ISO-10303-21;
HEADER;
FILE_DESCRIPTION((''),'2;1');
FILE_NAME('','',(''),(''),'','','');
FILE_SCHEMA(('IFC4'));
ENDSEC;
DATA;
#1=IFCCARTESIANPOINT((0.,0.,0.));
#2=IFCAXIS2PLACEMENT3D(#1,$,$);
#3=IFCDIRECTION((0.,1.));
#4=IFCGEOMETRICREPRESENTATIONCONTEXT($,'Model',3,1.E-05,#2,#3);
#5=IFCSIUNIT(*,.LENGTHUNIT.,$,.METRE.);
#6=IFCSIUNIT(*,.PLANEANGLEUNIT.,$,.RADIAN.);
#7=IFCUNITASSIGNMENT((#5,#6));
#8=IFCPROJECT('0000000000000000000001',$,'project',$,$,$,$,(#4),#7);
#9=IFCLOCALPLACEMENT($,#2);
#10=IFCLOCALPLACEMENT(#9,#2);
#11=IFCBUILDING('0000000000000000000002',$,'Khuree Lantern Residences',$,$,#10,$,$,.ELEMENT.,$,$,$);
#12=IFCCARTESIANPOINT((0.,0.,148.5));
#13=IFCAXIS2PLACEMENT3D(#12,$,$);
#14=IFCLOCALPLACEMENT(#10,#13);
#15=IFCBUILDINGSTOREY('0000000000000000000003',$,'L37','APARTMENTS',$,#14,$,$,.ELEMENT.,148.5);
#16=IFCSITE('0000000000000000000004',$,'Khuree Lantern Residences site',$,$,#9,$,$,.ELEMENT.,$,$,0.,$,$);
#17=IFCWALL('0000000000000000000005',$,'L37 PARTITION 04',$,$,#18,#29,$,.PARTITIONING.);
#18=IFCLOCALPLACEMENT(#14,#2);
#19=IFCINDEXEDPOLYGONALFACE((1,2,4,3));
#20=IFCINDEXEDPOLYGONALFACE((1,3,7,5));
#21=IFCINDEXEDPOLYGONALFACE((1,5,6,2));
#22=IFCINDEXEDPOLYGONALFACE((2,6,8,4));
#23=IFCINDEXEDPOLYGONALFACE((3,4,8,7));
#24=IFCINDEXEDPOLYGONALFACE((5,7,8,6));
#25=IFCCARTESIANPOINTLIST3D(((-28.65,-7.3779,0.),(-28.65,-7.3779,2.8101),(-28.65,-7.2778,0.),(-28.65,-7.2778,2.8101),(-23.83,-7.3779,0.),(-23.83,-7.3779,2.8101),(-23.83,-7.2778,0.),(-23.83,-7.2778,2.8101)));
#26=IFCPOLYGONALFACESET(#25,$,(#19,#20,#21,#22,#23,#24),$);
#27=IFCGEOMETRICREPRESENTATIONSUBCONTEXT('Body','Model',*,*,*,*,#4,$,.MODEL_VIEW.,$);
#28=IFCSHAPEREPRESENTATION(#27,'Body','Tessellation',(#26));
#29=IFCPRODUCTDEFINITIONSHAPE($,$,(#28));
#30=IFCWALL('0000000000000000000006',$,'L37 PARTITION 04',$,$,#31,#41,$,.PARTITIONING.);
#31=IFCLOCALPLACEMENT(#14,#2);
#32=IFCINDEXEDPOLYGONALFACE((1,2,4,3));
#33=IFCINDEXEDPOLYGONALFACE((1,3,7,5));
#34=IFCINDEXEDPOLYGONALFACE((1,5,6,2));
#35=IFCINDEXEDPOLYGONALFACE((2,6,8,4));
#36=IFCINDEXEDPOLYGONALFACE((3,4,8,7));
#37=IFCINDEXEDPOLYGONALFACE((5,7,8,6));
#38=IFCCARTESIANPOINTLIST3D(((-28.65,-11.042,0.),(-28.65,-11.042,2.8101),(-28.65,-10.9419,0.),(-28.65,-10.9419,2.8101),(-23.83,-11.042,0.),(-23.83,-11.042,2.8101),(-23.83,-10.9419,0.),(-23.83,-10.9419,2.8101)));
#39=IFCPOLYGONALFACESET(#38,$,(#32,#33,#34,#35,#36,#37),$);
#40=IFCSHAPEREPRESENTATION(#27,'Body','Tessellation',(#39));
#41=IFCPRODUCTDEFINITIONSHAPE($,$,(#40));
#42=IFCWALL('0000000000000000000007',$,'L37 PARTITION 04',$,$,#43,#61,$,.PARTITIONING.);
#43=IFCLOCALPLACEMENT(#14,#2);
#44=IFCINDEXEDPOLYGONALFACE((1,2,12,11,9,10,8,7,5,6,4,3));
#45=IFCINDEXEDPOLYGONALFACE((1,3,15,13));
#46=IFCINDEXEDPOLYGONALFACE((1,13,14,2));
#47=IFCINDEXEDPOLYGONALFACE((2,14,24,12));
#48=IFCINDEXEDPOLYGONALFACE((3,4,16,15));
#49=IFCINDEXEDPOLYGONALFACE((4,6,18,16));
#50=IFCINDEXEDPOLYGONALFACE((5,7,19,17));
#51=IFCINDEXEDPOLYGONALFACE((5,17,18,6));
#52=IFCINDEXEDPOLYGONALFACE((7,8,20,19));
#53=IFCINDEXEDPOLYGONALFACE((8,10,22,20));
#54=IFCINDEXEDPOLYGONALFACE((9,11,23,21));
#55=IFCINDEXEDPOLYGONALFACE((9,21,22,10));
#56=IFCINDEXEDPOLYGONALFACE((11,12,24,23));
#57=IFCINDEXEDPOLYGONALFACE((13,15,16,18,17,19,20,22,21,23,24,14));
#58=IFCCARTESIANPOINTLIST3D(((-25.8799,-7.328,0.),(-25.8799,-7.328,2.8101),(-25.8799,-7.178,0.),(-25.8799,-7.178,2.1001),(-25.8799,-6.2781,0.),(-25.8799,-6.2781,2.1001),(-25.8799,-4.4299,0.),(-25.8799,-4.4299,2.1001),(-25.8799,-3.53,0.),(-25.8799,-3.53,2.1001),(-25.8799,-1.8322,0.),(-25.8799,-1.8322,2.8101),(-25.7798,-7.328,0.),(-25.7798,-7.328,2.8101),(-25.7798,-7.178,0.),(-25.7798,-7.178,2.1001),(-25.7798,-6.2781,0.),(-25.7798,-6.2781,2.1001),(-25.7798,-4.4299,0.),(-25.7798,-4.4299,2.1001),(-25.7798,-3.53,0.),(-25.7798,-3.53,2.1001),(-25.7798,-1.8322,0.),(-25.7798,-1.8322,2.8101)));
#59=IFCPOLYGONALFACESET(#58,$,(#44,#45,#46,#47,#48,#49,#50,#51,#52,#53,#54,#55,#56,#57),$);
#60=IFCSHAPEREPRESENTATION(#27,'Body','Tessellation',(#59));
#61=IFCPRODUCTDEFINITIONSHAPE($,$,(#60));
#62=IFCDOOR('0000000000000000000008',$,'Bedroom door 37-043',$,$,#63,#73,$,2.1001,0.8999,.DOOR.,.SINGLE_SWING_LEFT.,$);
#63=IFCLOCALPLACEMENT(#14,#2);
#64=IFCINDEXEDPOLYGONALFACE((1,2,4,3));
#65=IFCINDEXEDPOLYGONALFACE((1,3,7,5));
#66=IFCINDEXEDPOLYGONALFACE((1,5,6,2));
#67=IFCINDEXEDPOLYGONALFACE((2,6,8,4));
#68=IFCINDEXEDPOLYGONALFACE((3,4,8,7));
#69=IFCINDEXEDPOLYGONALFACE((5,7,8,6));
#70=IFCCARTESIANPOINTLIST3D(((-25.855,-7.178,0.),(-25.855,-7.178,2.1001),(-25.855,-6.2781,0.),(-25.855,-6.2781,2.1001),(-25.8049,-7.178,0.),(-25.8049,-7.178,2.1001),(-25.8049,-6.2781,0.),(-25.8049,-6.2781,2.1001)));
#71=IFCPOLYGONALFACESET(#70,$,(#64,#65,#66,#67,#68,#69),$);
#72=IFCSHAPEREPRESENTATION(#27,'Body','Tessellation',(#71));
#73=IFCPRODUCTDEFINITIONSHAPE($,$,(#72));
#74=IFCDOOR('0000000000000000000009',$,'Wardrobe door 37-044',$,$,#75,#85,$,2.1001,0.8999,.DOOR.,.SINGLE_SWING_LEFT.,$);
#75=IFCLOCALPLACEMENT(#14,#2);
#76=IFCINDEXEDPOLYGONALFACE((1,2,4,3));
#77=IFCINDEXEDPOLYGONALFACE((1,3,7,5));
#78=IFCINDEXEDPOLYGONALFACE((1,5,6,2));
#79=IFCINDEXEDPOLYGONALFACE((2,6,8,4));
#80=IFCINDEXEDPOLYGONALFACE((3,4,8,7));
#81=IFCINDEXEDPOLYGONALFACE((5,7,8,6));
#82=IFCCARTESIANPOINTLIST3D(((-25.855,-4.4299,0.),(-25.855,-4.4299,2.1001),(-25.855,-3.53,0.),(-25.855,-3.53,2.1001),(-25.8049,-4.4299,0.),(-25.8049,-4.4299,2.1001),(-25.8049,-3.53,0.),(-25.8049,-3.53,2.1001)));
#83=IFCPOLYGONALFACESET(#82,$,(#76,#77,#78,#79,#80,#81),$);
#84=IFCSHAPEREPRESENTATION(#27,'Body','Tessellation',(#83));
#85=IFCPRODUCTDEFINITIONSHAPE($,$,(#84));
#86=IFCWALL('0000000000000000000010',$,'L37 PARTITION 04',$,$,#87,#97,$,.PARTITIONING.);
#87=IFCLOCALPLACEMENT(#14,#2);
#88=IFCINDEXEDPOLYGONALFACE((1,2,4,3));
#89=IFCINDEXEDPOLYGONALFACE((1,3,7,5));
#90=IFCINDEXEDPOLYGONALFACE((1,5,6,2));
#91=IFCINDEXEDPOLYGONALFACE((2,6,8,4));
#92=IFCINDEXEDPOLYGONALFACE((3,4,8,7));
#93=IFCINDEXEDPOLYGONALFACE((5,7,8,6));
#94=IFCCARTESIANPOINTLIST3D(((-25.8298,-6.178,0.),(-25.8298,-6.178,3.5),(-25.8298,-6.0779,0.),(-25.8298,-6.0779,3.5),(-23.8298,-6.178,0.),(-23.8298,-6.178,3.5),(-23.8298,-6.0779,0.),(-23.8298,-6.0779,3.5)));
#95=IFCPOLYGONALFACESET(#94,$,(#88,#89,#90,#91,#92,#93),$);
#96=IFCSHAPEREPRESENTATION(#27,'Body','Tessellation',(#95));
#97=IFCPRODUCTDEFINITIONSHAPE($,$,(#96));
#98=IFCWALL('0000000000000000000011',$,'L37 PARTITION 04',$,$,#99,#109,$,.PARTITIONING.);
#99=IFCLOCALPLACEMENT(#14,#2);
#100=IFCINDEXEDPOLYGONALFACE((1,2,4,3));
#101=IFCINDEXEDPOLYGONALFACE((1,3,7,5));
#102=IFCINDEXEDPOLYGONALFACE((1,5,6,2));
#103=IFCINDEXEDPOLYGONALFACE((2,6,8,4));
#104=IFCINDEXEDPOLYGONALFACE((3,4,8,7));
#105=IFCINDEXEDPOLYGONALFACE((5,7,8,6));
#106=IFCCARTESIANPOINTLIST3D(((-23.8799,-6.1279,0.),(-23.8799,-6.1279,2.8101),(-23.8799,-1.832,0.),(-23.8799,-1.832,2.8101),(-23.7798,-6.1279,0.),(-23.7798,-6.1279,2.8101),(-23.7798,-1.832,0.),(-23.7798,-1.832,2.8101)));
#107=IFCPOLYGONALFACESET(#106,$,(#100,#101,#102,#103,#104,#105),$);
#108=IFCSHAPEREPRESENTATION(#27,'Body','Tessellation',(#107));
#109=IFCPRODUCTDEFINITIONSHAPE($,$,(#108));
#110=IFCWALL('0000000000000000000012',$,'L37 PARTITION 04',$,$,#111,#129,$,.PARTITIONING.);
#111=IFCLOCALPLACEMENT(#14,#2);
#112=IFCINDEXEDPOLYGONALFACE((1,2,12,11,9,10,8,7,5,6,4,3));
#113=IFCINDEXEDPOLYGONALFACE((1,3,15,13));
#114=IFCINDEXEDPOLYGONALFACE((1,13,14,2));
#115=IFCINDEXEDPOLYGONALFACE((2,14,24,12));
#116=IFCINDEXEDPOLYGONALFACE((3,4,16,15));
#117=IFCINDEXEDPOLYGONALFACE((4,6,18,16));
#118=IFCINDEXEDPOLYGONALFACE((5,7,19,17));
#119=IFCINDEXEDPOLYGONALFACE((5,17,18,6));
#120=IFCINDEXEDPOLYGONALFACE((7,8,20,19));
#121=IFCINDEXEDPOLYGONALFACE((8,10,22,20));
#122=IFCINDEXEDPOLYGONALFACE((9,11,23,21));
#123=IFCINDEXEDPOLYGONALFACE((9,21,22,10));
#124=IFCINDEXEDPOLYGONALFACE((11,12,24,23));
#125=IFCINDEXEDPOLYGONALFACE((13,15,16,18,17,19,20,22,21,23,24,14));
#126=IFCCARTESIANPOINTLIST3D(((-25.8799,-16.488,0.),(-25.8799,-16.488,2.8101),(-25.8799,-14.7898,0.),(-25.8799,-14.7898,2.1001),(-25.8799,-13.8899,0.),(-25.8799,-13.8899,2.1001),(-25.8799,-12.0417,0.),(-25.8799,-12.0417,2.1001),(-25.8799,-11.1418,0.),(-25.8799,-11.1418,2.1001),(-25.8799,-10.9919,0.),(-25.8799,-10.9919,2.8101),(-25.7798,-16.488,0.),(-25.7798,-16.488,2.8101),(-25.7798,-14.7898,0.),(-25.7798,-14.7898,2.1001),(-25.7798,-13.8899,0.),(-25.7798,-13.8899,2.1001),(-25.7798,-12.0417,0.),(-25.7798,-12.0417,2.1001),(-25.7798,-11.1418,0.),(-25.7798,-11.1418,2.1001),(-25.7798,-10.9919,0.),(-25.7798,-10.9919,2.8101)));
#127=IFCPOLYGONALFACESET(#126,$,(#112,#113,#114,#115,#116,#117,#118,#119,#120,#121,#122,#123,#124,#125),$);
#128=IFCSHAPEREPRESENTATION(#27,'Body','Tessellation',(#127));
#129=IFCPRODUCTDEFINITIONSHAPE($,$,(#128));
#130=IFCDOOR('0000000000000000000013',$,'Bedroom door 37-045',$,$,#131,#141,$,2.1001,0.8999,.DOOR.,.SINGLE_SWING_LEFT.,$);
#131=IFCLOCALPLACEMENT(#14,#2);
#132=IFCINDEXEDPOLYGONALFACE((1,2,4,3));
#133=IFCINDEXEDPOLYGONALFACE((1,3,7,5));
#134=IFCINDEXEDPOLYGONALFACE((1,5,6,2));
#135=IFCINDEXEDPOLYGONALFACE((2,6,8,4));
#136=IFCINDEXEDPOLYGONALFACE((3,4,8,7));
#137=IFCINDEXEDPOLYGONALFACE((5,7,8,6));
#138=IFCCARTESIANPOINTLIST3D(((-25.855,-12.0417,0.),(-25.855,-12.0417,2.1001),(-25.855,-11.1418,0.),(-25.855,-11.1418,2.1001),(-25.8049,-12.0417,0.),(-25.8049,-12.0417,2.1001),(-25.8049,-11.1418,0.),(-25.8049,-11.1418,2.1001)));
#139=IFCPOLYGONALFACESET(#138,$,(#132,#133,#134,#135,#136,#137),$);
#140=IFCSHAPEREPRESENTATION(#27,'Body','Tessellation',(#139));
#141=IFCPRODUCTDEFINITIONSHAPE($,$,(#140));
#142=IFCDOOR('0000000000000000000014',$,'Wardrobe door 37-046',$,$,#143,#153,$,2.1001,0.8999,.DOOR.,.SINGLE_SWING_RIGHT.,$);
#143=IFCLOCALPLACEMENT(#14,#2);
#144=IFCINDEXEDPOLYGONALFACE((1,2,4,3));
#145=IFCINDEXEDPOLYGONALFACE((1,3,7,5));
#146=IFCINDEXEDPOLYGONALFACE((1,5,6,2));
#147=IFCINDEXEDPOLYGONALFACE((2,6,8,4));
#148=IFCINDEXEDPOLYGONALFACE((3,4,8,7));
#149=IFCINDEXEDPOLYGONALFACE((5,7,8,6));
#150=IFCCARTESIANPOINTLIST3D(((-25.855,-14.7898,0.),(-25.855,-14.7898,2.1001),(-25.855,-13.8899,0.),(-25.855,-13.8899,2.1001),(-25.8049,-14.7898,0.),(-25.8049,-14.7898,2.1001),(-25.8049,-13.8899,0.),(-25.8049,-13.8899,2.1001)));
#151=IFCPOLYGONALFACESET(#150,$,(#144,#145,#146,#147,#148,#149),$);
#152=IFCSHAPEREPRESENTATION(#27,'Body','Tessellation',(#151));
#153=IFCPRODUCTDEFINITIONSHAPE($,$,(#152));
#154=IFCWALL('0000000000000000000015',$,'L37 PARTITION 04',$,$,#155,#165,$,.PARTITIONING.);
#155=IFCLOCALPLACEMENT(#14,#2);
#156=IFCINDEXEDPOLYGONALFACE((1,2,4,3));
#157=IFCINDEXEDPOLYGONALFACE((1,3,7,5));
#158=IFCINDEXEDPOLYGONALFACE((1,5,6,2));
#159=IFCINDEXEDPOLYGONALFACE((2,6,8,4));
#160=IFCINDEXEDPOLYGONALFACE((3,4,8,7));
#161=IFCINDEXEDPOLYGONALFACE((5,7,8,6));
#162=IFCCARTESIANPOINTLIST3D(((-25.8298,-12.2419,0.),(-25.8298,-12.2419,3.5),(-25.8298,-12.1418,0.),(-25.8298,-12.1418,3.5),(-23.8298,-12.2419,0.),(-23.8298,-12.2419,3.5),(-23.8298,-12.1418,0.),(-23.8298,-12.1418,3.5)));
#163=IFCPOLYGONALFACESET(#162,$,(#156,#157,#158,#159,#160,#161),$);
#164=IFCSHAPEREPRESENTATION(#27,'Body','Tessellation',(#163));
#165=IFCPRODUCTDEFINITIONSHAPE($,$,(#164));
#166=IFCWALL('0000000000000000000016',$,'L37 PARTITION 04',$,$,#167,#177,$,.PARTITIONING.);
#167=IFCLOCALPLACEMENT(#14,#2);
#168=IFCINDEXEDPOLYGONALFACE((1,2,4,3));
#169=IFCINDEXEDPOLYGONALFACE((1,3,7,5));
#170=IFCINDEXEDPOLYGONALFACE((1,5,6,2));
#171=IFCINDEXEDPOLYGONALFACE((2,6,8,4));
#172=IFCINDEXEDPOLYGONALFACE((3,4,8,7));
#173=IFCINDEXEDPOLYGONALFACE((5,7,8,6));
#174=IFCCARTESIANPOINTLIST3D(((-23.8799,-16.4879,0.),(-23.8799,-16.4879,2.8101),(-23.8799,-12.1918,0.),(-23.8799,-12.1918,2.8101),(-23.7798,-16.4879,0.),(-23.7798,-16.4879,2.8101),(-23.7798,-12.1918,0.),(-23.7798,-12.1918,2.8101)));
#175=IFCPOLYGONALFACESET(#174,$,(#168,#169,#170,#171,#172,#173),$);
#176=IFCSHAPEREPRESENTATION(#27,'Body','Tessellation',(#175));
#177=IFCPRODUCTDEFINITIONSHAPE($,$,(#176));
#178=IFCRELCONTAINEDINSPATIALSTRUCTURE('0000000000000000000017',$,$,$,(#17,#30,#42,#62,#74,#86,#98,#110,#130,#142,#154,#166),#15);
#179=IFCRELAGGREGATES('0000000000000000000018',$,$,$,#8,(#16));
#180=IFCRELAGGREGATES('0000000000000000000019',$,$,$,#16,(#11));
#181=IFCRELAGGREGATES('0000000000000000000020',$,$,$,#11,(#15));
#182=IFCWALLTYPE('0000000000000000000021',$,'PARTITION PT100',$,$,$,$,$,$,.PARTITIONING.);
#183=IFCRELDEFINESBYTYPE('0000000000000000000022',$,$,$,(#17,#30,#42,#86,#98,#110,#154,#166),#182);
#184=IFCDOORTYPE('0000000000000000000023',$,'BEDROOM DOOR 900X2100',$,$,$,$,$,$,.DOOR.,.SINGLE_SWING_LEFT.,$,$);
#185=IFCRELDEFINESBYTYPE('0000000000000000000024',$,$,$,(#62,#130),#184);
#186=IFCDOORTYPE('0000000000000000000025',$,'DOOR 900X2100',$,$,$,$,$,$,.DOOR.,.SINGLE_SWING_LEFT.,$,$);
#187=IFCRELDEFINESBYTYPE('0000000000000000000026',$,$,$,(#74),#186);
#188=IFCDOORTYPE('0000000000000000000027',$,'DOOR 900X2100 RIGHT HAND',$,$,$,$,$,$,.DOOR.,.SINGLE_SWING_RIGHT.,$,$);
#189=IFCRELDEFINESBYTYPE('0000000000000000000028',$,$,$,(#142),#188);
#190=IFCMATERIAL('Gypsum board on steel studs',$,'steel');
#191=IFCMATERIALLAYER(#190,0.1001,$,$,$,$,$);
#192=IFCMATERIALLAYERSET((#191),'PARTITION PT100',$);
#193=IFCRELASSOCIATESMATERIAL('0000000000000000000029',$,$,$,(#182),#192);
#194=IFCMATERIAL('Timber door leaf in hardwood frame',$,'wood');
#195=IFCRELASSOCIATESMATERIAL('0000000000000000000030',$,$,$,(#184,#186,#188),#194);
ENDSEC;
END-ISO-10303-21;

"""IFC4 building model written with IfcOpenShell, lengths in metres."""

from ifc_helpers import new_model, si_unit, direction, frame, frame_2d, origin, place, context, subcontext, project, spatial, rectangle, extrude, material, layer, layer_set, type_object, element, fill, save


model = new_model("IFC4")

# Units and contexts
model_context = context("Model", 3, precision=1e-05, world=origin(), true_north=direction((0.0, 1.0)))
body_context = subcontext(model_context, "Body", "Model", "MODEL_VIEW")
ifc_project = project(units=[si_unit("LENGTHUNIT", "METRE"), si_unit("PLANEANGLEUNIT", "RADIAN")], contexts=[model_context])

# Site, building, storey
site_placement = place(None, origin())
site = spatial("IfcSite", under=ifc_project, at=site_placement, Name="Khuree Lantern Residences site", CompositionType="ELEMENT", RefElevation=0.0)
building_placement = place(site_placement, origin())
building = spatial("IfcBuilding", under=site, at=building_placement, Name="Khuree Lantern Residences", CompositionType="ELEMENT")
storey_placement = place(building_placement, frame((0.0, 0.0, 148.5)))
storey = spatial("IfcBuildingStorey", under=building, at=storey_placement, Name="L37", Description="APARTMENTS", CompositionType="ELEMENT", Elevation=148.5)

# Walls
ifc_material_1 = material(Name="Gypsum board on steel studs", Category="steel")
ifc_layer_1 = layer(ifc_material_1, 0.1001)
ifc_layer_set_1 = layer_set([ifc_layer_1], Name="PARTITION PT100")
wall_type_1 = type_object("IfcWallType", Name="PARTITION PT100", PredefinedType="PARTITIONING", material=ifc_layer_set_1)
for number, where, z_axis, x_axis, name in (
    (1, (-23.8298, -7.3279, 0.0), (0.0, 0.0, 1.0), (-1.0, 0.0, 0.0), "L37 PARTITION 04"),
    (2, (-23.8298, -10.9919, 0.0), (0.0, 0.0, 1.0), (-1.0, 0.0, 0.0), "L37 PARTITION 04"),
):
    element("IfcWall", number, at=place(storey_placement, frame(where, z_axis=z_axis, x_axis=x_axis)), inside=storey, type_object=wall_type_1, Name=name, PredefinedType="PARTITIONING", context=body_context, shape_type="SweptSolid", body=[
        extrude(rectangle(XDim=4.8201, YDim=0.1001, at=frame_2d((2.4102, 0.0))), origin(), (0.0, 0.0, 1.0), 2.8101),
    ])

# Wall, openings, doors
wall_1_placement = place(storey_placement, frame((-25.8298, -1.832, 0.0), z_axis=(0.0, 0.0, 1.0), x_axis=(0.0, -1.0, 0.0)))
wall_1 = element("IfcWall", 3, at=wall_1_placement, inside=storey, type_object=wall_type_1, Name="L37 PARTITION 04", PredefinedType="PARTITIONING", context=body_context, shape_type="SweptSolid", body=[
    extrude(rectangle(XDim=5.4958, YDim=0.1001, at=frame_2d((2.748, 0.0))), origin(), (0.0, 0.0, 1.0), 2.8101),
])
opening_1_placement = place(wall_1_placement, frame((4.446, 0.0, 0.0)))
opening_1 = element("IfcOpeningElement", 4, at=opening_1_placement, cuts=wall_1, PredefinedType="OPENING", context=body_context, shape_type="SweptSolid", body=[
    extrude(rectangle(XDim=0.8999, YDim=2.1001, at=frame_2d((0.45, 1.05))), frame((0.0, 0.0601, 0.0), z_axis=(0.0, -1.0, 0.0), x_axis=(1.0, 0.0, 0.0)), (0.0, 0.0, 1.0), 0.1201),
])
opening_2_placement = place(wall_1_placement, frame((1.698, 0.0, 0.0)))
opening_2 = element("IfcOpeningElement", 5, at=opening_2_placement, cuts=wall_1, PredefinedType="OPENING", context=body_context, shape_type="SweptSolid", body=[
    extrude(rectangle(XDim=0.8999, YDim=2.1001, at=frame_2d((0.45, 1.05))), frame((0.0, 0.0601, 0.0), z_axis=(0.0, -1.0, 0.0), x_axis=(1.0, 0.0, 0.0)), (0.0, 0.0, 1.0), 0.1201),
])
ifc_material_2 = material(Name="Timber door leaf in hardwood frame", Category="wood")
door_type_1 = type_object("IfcDoorType", Name="BEDROOM DOOR 900X2100", OperationType="SINGLE_SWING_LEFT", PredefinedType="DOOR", material=ifc_material_2)
door_1_placement = place(opening_1_placement, origin())
door_1 = element("IfcDoor", 6, at=door_1_placement, inside=storey, type_object=door_type_1, Name="Bedroom door 37-043", OperationType="SINGLE_SWING_LEFT", OverallHeight=2.1001, OverallWidth=0.8999, PredefinedType="DOOR", context=body_context, shape_type="SweptSolid", body=[
    extrude(rectangle(XDim=0.8999, YDim=2.1001, at=frame_2d((0.45, 1.05))), frame((0.0, 0.0249, 0.0), z_axis=(0.0, -1.0, 0.0), x_axis=(1.0, 0.0, 0.0)), (0.0, 0.0, 1.0), 0.05),
])
fill(opening_1, door_1)
door_type_2 = type_object("IfcDoorType", Name="DOOR 900X2100", OperationType="SINGLE_SWING_LEFT", PredefinedType="DOOR", material=ifc_material_2)
door_2_placement = place(opening_2_placement, origin())
door_2 = element("IfcDoor", 7, at=door_2_placement, inside=storey, type_object=door_type_2, Name="Wardrobe door 37-044", OperationType="SINGLE_SWING_LEFT", OverallHeight=2.1001, OverallWidth=0.8999, PredefinedType="DOOR", context=body_context, shape_type="SweptSolid", body=[
    extrude(rectangle(XDim=0.8999, YDim=2.1001, at=frame_2d((0.45, 1.05))), frame((0.0, 0.0249, 0.0), z_axis=(0.0, -1.0, 0.0), x_axis=(1.0, 0.0, 0.0)), (0.0, 0.0, 1.0), 0.05),
])
fill(opening_2, door_2)

# Walls
wall_2_placement = place(storey_placement, frame((-23.8298, -6.1279, 0.0), z_axis=(0.0, 0.0, 1.0), x_axis=(-1.0, 0.0, 0.0)))
element("IfcWall", 8, at=wall_2_placement, inside=storey, type_object=wall_type_1, Name="L37 PARTITION 04", PredefinedType="PARTITIONING", context=body_context, shape_type="SweptSolid", body=[
    extrude(rectangle(XDim=2.0, YDim=0.1001, at=frame_2d((1.0, 0.0))), origin(), (0.0, 0.0, 1.0), 3.5),
])
wall_3_placement = place(storey_placement, frame((-23.8298, -1.832, 0.0), z_axis=(0.0, 0.0, 1.0), x_axis=(0.0, -1.0, 0.0)))
element("IfcWall", 9, at=wall_3_placement, inside=storey, type_object=wall_type_1, Name="L37 PARTITION 04", PredefinedType="PARTITIONING", context=body_context, shape_type="SweptSolid", body=[
    extrude(rectangle(XDim=4.2959, YDim=0.1001, at=frame_2d((2.1479, 0.0))), origin(), (0.0, 0.0, 1.0), 2.8101),
])

# Wall, openings, doors
wall_4_placement = place(storey_placement, frame((-25.8298, -10.9919, 0.0), z_axis=(0.0, 0.0, 1.0), x_axis=(0.0, -1.0, 0.0)))
wall_4 = element("IfcWall", 10, at=wall_4_placement, inside=storey, type_object=wall_type_1, Name="L37 PARTITION 04", PredefinedType="PARTITIONING", context=body_context, shape_type="SweptSolid", body=[
    extrude(rectangle(XDim=5.4961, YDim=0.1001, at=frame_2d((2.748, 0.0))), origin(), (0.0, 0.0, 1.0), 2.8101),
])
opening_3_placement = place(wall_4_placement, frame((0.1499, 0.0, 0.0)))
opening_3 = element("IfcOpeningElement", 11, at=opening_3_placement, cuts=wall_4, PredefinedType="OPENING", context=body_context, shape_type="SweptSolid", body=[
    extrude(rectangle(XDim=0.8999, YDim=2.1001, at=frame_2d((0.45, 1.05))), frame((0.0, 0.0601, 0.0), z_axis=(0.0, -1.0, 0.0), x_axis=(1.0, 0.0, 0.0)), (0.0, 0.0, 1.0), 0.1201),
])
opening_4_placement = place(wall_4_placement, frame((2.8979, 0.0, 0.0)))
opening_4 = element("IfcOpeningElement", 12, at=opening_4_placement, cuts=wall_4, PredefinedType="OPENING", context=body_context, shape_type="SweptSolid", body=[
    extrude(rectangle(XDim=0.8999, YDim=2.1001, at=frame_2d((0.45, 1.05))), frame((0.0, 0.0601, 0.0), z_axis=(0.0, -1.0, 0.0), x_axis=(1.0, 0.0, 0.0)), (0.0, 0.0, 1.0), 0.1201),
])
door_3_placement = place(opening_3_placement, origin())
door_3 = element("IfcDoor", 13, at=door_3_placement, inside=storey, type_object=door_type_1, Name="Bedroom door 37-045", OperationType="SINGLE_SWING_LEFT", OverallHeight=2.1001, OverallWidth=0.8999, PredefinedType="DOOR", context=body_context, shape_type="SweptSolid", body=[
    extrude(rectangle(XDim=0.8999, YDim=2.1001, at=frame_2d((0.45, 1.05))), frame((0.0, 0.0249, 0.0), z_axis=(0.0, -1.0, 0.0), x_axis=(1.0, 0.0, 0.0)), (0.0, 0.0, 1.0), 0.05),
])
fill(opening_3, door_3)
door_type_3 = type_object("IfcDoorType", Name="DOOR 900X2100 RIGHT HAND", OperationType="SINGLE_SWING_RIGHT", PredefinedType="DOOR", material=ifc_material_2)
door_4_placement = place(opening_4_placement, origin())
door_4 = element("IfcDoor", 14, at=door_4_placement, inside=storey, type_object=door_type_3, Name="Wardrobe door 37-046", OperationType="SINGLE_SWING_RIGHT", OverallHeight=2.1001, OverallWidth=0.8999, PredefinedType="DOOR", context=body_context, shape_type="SweptSolid", body=[
    extrude(rectangle(XDim=0.8999, YDim=2.1001, at=frame_2d((0.45, 1.05))), frame((0.0, 0.0249, 0.0), z_axis=(0.0, -1.0, 0.0), x_axis=(1.0, 0.0, 0.0)), (0.0, 0.0, 1.0), 0.05),
])
fill(opening_4, door_4)

# Walls
wall_5_placement = place(storey_placement, frame((-23.8298, -12.1919, 0.0), z_axis=(0.0, 0.0, 1.0), x_axis=(-1.0, 0.0, 0.0)))
element("IfcWall", 15, at=wall_5_placement, inside=storey, type_object=wall_type_1, Name="L37 PARTITION 04", PredefinedType="PARTITIONING", context=body_context, shape_type="SweptSolid", body=[
    extrude(rectangle(XDim=2.0, YDim=0.1001, at=frame_2d((1.0, 0.0))), origin(), (0.0, 0.0, 1.0), 3.5),
])
wall_6_placement = place(storey_placement, frame((-23.8298, -12.1919, 0.0), z_axis=(0.0, 0.0, 1.0), x_axis=(0.0, -1.0, 0.0)))
element("IfcWall", 16, at=wall_6_placement, inside=storey, type_object=wall_type_1, Name="L37 PARTITION 04", PredefinedType="PARTITIONING", context=body_context, shape_type="SweptSolid", body=[
    extrude(rectangle(XDim=4.2961, YDim=0.1001, at=frame_2d((2.1479, 0.0))), origin(), (0.0, 0.0, 1.0), 2.8101),
])

save(model, "model.ifc")
